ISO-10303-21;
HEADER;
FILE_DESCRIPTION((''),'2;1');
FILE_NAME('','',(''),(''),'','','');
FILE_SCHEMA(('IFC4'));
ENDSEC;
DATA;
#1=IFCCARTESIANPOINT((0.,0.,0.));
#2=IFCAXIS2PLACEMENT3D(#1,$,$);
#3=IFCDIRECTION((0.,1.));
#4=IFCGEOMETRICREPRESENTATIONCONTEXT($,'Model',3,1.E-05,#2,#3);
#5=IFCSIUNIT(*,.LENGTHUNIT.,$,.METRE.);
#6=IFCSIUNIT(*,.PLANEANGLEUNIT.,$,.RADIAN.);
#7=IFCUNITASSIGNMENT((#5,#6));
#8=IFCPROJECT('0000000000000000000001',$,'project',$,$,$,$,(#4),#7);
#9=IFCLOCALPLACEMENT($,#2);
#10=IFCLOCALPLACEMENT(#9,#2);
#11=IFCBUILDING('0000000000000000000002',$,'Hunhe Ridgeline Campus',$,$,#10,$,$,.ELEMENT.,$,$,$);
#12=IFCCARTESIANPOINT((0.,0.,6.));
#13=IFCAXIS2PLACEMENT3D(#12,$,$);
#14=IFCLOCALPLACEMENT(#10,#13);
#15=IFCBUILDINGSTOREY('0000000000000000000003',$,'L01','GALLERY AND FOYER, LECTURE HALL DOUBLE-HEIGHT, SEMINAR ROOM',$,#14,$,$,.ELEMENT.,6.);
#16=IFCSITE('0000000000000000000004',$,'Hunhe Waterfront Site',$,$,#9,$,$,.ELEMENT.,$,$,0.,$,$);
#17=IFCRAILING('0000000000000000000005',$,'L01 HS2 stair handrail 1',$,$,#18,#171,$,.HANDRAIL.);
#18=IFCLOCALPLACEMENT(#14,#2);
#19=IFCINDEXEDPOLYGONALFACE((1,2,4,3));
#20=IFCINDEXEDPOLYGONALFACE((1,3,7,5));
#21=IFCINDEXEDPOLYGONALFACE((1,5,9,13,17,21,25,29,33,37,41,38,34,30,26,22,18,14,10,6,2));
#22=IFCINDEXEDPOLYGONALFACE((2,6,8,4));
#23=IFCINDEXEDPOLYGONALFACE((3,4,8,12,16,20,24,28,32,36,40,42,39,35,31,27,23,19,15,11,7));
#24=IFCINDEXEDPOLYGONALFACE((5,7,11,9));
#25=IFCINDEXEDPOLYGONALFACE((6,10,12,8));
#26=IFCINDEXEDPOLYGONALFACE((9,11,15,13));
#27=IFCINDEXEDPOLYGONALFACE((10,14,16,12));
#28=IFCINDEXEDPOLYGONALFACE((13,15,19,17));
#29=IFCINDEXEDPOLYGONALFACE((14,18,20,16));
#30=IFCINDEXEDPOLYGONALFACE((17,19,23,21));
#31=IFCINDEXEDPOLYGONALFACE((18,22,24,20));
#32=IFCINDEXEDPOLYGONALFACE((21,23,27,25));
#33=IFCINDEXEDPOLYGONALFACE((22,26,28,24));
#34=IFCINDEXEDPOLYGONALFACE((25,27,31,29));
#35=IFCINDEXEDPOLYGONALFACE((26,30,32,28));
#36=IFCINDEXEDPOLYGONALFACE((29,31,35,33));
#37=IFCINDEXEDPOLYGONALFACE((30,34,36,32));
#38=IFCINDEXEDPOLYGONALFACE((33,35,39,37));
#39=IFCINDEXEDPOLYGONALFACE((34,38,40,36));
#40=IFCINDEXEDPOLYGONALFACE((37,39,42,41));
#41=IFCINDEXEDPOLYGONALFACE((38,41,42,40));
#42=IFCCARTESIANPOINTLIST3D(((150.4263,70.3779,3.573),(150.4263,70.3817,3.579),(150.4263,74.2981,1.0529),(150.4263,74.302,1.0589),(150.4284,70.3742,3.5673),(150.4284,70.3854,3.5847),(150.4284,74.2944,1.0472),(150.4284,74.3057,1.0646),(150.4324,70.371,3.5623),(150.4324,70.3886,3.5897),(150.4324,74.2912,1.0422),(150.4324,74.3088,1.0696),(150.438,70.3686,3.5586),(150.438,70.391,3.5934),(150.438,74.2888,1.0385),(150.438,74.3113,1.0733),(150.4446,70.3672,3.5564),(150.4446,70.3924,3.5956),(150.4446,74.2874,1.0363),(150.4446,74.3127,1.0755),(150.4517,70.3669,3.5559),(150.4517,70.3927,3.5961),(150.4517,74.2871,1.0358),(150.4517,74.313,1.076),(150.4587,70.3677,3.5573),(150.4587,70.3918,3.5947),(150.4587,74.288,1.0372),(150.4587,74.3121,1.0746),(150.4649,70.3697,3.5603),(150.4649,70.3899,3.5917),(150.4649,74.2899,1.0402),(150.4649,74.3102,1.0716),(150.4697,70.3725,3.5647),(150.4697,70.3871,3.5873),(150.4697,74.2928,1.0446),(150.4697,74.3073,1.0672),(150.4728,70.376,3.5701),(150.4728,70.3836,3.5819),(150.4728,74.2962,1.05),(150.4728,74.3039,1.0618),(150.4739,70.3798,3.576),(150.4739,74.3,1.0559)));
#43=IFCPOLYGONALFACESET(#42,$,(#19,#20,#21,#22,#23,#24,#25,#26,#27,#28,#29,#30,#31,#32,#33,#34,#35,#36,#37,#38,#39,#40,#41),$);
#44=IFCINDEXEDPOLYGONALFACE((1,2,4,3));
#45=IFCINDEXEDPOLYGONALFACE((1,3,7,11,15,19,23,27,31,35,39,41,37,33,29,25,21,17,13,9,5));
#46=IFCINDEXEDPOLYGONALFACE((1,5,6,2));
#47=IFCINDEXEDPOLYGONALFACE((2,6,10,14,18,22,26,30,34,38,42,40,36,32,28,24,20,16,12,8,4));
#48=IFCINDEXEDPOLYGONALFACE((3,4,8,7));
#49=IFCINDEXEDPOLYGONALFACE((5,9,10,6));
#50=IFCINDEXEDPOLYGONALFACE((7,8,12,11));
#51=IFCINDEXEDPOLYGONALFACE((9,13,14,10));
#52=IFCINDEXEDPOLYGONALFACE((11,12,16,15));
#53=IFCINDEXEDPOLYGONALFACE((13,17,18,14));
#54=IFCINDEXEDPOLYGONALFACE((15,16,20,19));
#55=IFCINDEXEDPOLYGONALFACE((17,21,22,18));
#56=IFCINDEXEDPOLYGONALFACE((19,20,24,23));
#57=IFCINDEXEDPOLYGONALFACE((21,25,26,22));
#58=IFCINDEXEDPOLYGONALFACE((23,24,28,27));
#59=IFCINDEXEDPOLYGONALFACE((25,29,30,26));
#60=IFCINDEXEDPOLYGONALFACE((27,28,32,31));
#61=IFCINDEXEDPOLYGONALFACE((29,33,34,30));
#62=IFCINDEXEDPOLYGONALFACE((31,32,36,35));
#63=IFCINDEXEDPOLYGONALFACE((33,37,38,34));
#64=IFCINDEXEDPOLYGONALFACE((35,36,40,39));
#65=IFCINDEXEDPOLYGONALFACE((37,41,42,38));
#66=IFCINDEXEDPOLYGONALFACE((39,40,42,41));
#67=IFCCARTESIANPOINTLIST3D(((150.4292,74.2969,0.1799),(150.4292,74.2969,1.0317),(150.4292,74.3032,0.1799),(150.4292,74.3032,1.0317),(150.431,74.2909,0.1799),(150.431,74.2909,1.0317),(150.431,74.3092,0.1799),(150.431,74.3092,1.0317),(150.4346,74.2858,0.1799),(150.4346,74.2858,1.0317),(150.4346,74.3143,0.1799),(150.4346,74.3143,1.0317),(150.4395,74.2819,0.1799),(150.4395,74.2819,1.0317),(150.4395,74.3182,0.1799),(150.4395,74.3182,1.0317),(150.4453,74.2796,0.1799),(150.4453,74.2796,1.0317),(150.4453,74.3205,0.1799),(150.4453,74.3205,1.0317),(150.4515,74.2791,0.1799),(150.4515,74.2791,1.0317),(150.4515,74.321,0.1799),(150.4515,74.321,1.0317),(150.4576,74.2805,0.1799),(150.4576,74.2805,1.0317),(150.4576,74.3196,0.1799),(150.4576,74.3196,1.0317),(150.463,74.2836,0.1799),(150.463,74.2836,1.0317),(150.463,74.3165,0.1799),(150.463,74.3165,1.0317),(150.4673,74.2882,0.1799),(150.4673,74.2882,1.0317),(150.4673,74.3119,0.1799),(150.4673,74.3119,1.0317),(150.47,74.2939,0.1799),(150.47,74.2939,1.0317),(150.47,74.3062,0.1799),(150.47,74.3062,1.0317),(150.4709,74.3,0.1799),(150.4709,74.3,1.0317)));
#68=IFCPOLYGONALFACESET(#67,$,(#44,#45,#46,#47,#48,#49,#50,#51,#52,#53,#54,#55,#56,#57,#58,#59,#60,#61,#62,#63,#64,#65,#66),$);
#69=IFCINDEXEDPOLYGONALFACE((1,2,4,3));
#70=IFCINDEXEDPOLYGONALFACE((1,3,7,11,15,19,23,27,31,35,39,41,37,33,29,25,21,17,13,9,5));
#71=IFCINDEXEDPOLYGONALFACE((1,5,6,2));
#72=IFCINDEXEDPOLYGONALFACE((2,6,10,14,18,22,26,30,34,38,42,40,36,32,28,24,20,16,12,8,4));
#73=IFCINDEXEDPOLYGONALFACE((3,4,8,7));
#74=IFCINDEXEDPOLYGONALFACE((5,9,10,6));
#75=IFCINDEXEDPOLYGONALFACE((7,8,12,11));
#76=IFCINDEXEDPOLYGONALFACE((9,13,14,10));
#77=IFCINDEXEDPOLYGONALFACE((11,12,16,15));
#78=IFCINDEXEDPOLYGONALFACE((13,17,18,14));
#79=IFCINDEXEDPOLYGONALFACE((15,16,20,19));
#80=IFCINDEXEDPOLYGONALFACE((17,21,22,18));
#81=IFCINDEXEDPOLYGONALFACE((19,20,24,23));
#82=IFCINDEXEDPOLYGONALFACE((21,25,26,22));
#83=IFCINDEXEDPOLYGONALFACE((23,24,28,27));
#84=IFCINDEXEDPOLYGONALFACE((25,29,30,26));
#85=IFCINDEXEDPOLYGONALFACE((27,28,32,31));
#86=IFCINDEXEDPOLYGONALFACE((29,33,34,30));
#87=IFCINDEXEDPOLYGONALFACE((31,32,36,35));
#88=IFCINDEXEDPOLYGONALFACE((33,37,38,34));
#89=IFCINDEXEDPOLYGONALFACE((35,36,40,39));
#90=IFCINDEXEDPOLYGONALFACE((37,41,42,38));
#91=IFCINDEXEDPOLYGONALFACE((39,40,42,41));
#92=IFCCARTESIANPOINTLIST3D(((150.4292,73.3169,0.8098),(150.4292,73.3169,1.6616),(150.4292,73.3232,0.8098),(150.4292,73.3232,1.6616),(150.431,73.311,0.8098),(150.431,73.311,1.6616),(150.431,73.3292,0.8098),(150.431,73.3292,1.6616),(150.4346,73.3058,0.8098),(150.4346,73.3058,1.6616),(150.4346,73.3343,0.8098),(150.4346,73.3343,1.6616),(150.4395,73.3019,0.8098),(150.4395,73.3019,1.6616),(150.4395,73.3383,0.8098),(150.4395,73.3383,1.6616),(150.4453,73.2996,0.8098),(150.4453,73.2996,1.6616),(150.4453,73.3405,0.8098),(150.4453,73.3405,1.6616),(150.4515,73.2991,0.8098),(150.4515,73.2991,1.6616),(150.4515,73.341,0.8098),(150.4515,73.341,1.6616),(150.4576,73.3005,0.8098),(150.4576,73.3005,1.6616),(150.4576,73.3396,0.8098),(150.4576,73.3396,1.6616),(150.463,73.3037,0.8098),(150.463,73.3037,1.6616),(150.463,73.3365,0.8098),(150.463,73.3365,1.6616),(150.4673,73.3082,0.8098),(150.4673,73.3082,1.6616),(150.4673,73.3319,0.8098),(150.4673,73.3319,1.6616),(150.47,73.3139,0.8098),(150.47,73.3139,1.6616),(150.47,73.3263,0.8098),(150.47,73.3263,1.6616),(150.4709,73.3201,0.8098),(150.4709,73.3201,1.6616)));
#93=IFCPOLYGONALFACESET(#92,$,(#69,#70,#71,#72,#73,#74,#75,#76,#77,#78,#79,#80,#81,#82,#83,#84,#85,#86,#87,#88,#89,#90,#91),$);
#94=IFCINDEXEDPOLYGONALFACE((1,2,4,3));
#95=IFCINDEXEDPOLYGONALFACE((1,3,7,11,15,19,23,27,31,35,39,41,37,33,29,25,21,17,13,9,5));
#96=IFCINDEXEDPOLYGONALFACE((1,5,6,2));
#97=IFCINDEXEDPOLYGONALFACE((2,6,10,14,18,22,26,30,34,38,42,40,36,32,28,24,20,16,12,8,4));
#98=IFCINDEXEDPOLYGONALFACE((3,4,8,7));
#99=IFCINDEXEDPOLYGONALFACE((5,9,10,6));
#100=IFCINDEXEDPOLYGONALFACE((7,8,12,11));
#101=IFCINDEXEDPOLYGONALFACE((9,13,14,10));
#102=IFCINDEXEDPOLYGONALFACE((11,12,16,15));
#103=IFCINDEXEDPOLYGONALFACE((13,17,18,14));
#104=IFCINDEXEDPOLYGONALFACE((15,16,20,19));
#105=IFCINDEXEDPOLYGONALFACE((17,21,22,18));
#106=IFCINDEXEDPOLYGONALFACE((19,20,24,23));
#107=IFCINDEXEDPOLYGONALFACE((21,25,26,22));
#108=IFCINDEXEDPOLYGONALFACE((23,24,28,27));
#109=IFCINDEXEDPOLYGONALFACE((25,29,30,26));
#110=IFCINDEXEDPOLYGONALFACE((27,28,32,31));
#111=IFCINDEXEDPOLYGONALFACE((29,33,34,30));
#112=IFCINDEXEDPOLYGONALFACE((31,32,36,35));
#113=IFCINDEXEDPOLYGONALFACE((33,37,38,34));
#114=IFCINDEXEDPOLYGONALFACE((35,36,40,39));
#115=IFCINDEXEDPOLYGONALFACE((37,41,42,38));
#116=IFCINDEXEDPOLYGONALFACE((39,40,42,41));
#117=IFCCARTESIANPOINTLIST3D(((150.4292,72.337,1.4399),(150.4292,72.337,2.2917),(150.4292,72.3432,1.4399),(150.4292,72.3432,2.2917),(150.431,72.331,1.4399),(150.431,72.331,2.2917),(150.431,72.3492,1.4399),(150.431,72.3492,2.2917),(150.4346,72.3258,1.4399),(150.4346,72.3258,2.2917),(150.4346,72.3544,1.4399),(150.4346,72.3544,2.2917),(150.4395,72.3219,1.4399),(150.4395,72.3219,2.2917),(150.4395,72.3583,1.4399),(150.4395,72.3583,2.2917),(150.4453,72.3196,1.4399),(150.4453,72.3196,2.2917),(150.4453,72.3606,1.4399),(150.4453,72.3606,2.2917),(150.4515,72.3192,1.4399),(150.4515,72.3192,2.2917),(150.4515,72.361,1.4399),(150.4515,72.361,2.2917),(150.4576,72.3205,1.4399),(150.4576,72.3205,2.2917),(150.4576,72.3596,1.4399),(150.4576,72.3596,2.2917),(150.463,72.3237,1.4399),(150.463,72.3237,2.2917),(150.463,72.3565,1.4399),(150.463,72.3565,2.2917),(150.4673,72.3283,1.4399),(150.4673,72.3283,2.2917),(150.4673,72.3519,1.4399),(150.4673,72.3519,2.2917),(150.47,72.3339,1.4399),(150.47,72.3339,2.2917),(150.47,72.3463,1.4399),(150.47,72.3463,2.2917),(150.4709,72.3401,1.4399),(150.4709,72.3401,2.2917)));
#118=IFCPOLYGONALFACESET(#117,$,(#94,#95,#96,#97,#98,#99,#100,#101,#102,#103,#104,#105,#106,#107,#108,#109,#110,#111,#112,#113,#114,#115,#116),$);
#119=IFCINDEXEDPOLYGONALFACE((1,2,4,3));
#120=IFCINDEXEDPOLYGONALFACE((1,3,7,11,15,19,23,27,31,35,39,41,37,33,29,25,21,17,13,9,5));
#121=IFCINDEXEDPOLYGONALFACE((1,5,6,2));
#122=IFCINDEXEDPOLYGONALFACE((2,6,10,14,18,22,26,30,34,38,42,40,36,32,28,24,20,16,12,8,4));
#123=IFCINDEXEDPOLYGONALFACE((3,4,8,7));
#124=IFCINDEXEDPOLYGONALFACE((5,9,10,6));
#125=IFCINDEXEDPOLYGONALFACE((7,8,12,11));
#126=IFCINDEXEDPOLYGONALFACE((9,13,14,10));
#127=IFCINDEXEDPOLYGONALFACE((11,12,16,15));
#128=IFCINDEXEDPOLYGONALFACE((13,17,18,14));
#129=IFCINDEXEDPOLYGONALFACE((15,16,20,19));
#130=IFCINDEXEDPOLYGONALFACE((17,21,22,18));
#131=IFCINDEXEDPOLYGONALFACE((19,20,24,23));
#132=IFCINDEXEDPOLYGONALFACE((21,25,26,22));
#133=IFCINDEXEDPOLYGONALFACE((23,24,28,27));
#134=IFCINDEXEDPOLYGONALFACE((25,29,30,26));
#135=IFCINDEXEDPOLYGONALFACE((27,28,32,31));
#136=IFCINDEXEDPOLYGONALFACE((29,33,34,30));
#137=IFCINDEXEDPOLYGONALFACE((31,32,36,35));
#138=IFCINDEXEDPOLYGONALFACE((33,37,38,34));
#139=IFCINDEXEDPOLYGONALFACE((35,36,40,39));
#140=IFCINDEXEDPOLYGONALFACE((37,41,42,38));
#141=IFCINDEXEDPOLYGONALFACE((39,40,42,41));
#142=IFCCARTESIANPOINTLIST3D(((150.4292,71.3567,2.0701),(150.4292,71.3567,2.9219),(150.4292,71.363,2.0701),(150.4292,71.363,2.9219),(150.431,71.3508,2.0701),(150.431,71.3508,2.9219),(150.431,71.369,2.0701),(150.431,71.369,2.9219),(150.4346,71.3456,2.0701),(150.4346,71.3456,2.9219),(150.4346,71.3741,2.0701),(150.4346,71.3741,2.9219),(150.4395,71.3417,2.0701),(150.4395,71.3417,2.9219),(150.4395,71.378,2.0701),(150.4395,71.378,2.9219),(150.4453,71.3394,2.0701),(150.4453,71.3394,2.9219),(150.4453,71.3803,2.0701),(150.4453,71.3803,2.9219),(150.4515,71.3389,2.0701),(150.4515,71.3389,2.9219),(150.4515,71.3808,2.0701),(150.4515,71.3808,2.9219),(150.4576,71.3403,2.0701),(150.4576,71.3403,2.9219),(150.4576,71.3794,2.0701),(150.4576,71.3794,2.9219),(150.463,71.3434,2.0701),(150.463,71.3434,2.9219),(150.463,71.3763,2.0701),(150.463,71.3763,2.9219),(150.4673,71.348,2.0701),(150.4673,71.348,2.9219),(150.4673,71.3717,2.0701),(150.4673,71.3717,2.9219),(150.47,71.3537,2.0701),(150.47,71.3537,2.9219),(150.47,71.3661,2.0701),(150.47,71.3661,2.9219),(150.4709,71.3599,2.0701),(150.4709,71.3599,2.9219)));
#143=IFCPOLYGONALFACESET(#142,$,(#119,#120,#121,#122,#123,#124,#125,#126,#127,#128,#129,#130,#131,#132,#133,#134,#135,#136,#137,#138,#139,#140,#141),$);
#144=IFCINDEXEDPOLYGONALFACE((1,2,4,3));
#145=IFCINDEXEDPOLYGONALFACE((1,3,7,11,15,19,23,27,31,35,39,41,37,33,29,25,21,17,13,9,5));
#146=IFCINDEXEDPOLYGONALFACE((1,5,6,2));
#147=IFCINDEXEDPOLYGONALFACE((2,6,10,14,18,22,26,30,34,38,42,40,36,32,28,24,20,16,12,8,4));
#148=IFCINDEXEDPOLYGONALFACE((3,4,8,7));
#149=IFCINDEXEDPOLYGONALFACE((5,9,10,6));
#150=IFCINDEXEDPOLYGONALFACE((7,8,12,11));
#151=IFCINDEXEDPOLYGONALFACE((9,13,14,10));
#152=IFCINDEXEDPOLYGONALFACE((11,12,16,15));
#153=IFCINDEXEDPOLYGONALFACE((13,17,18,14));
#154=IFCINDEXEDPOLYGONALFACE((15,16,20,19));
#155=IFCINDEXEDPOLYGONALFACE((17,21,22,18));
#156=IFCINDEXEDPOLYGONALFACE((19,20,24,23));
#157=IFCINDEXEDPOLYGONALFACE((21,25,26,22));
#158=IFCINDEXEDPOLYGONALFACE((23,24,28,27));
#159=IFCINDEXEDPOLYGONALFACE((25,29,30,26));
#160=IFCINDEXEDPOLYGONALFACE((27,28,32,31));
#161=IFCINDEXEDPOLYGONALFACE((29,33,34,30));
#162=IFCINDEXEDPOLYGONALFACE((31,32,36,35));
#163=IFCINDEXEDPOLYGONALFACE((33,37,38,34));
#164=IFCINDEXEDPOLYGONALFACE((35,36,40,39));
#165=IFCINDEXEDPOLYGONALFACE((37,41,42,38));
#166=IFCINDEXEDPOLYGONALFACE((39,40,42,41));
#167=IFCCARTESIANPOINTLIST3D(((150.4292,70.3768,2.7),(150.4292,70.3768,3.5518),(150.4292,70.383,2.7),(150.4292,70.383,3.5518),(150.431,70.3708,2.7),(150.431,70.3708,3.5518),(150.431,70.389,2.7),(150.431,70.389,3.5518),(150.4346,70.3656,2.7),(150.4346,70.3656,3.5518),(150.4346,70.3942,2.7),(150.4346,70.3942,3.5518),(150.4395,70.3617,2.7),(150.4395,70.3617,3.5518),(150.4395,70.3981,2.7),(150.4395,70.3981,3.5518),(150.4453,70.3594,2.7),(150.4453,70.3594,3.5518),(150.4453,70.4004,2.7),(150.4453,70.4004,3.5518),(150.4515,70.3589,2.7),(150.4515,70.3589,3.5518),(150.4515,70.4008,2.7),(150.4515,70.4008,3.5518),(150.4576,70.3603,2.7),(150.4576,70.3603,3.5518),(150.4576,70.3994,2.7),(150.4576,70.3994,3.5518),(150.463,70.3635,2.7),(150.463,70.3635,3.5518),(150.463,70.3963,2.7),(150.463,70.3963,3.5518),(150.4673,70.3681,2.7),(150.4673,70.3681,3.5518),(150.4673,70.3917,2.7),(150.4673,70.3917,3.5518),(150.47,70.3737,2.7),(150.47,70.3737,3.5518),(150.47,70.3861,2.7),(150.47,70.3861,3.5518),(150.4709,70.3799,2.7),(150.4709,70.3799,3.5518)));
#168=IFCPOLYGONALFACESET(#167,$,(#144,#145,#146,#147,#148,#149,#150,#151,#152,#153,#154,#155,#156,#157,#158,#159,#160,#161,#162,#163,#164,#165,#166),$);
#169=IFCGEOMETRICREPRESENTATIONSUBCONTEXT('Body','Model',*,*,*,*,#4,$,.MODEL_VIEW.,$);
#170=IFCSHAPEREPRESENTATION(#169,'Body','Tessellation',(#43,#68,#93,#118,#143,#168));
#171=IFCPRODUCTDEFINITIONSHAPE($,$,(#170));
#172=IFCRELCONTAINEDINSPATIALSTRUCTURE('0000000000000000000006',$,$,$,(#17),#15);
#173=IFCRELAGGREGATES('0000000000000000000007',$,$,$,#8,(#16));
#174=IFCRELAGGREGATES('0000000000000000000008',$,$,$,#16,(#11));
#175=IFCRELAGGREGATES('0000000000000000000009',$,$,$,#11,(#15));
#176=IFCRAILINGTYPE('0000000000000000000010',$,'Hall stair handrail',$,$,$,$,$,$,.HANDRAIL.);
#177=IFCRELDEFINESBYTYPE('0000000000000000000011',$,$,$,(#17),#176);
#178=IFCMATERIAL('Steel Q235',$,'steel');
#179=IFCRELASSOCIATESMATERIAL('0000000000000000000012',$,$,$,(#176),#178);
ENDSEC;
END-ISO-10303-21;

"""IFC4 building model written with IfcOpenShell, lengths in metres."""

from ifc_helpers import new_model, si_unit, direction, frame, origin, origin_2d, place, context, subcontext, project, spatial, circle, extrude, material, type_object, element, save


model = new_model("IFC4")

# Units and contexts
model_context = context("Model", 3, precision=1e-05, world=origin(), true_north=direction((0.0, 1.0)))
body_context = subcontext(model_context, "Body", "Model", "MODEL_VIEW")
ifc_project = project(units=[si_unit("LENGTHUNIT", "METRE"), si_unit("PLANEANGLEUNIT", "RADIAN")], contexts=[model_context])

# Site, building, storey
site_placement = place(None, origin())
site = spatial("IfcSite", under=ifc_project, at=site_placement, Name="Hunhe Waterfront Site", CompositionType="ELEMENT", RefElevation=0.0)
building_placement = place(site_placement, origin())
building = spatial("IfcBuilding", under=site, at=building_placement, Name="Hunhe Ridgeline Campus", CompositionType="ELEMENT")
storey_placement = place(building_placement, frame((0.0, 0.0, 6.0)))
storey = spatial("IfcBuildingStorey", under=building, at=storey_placement, Name="L01", Description="GALLERY AND FOYER, LECTURE HALL DOUBLE-HEIGHT, SEMINAR ROOM", CompositionType="ELEMENT", Elevation=6.0)

# Shared definitions
ifc_material_1 = material(Name="Steel Q235", Category="steel")

# Railing
railing_type_1 = type_object("IfcRailingType", Name="Hall stair handrail", PredefinedType="HANDRAIL", material=ifc_material_1)
railing_1_placement = place(storey_placement, frame((150.45, 74.3, 0.1799)))
element("IfcRailing", 1, at=railing_1_placement, inside=storey, type_object=railing_type_1, Name="L01 HS2 stair handrail 1", PredefinedType="HANDRAIL", context=body_context, shape_type="SweptSolid", body=[
    extrude(circle(Radius=0.0239, at=origin_2d()), frame((0.0, 0.0, 0.876), z_axis=(0.0, -0.841187, 0.540744), x_axis=(1.0, 0.0, 0.0)), (0.0, 0.0, 1.0), 4.6604),
    extrude(circle(Radius=0.021, at=origin_2d()), origin(), (0.0, 0.0, 1.0), 0.8518),
    extrude(circle(Radius=0.021, at=origin_2d()), frame((0.0, -0.98, 0.6299)), (0.0, 0.0, 1.0), 0.8518),
    extrude(circle(Radius=0.021, at=origin_2d()), frame((0.0, -1.96, 1.26)), (0.0, 0.0, 1.0), 0.8518),
    extrude(circle(Radius=0.021, at=origin_2d()), frame((0.0, -2.9402, 1.8901)), (0.0, 0.0, 1.0), 0.8518),
    extrude(circle(Radius=0.021, at=origin_2d()), frame((0.0, -3.9202, 2.52)), (0.0, 0.0, 1.0), 0.8518),
])

save(model, "model.ifc")
